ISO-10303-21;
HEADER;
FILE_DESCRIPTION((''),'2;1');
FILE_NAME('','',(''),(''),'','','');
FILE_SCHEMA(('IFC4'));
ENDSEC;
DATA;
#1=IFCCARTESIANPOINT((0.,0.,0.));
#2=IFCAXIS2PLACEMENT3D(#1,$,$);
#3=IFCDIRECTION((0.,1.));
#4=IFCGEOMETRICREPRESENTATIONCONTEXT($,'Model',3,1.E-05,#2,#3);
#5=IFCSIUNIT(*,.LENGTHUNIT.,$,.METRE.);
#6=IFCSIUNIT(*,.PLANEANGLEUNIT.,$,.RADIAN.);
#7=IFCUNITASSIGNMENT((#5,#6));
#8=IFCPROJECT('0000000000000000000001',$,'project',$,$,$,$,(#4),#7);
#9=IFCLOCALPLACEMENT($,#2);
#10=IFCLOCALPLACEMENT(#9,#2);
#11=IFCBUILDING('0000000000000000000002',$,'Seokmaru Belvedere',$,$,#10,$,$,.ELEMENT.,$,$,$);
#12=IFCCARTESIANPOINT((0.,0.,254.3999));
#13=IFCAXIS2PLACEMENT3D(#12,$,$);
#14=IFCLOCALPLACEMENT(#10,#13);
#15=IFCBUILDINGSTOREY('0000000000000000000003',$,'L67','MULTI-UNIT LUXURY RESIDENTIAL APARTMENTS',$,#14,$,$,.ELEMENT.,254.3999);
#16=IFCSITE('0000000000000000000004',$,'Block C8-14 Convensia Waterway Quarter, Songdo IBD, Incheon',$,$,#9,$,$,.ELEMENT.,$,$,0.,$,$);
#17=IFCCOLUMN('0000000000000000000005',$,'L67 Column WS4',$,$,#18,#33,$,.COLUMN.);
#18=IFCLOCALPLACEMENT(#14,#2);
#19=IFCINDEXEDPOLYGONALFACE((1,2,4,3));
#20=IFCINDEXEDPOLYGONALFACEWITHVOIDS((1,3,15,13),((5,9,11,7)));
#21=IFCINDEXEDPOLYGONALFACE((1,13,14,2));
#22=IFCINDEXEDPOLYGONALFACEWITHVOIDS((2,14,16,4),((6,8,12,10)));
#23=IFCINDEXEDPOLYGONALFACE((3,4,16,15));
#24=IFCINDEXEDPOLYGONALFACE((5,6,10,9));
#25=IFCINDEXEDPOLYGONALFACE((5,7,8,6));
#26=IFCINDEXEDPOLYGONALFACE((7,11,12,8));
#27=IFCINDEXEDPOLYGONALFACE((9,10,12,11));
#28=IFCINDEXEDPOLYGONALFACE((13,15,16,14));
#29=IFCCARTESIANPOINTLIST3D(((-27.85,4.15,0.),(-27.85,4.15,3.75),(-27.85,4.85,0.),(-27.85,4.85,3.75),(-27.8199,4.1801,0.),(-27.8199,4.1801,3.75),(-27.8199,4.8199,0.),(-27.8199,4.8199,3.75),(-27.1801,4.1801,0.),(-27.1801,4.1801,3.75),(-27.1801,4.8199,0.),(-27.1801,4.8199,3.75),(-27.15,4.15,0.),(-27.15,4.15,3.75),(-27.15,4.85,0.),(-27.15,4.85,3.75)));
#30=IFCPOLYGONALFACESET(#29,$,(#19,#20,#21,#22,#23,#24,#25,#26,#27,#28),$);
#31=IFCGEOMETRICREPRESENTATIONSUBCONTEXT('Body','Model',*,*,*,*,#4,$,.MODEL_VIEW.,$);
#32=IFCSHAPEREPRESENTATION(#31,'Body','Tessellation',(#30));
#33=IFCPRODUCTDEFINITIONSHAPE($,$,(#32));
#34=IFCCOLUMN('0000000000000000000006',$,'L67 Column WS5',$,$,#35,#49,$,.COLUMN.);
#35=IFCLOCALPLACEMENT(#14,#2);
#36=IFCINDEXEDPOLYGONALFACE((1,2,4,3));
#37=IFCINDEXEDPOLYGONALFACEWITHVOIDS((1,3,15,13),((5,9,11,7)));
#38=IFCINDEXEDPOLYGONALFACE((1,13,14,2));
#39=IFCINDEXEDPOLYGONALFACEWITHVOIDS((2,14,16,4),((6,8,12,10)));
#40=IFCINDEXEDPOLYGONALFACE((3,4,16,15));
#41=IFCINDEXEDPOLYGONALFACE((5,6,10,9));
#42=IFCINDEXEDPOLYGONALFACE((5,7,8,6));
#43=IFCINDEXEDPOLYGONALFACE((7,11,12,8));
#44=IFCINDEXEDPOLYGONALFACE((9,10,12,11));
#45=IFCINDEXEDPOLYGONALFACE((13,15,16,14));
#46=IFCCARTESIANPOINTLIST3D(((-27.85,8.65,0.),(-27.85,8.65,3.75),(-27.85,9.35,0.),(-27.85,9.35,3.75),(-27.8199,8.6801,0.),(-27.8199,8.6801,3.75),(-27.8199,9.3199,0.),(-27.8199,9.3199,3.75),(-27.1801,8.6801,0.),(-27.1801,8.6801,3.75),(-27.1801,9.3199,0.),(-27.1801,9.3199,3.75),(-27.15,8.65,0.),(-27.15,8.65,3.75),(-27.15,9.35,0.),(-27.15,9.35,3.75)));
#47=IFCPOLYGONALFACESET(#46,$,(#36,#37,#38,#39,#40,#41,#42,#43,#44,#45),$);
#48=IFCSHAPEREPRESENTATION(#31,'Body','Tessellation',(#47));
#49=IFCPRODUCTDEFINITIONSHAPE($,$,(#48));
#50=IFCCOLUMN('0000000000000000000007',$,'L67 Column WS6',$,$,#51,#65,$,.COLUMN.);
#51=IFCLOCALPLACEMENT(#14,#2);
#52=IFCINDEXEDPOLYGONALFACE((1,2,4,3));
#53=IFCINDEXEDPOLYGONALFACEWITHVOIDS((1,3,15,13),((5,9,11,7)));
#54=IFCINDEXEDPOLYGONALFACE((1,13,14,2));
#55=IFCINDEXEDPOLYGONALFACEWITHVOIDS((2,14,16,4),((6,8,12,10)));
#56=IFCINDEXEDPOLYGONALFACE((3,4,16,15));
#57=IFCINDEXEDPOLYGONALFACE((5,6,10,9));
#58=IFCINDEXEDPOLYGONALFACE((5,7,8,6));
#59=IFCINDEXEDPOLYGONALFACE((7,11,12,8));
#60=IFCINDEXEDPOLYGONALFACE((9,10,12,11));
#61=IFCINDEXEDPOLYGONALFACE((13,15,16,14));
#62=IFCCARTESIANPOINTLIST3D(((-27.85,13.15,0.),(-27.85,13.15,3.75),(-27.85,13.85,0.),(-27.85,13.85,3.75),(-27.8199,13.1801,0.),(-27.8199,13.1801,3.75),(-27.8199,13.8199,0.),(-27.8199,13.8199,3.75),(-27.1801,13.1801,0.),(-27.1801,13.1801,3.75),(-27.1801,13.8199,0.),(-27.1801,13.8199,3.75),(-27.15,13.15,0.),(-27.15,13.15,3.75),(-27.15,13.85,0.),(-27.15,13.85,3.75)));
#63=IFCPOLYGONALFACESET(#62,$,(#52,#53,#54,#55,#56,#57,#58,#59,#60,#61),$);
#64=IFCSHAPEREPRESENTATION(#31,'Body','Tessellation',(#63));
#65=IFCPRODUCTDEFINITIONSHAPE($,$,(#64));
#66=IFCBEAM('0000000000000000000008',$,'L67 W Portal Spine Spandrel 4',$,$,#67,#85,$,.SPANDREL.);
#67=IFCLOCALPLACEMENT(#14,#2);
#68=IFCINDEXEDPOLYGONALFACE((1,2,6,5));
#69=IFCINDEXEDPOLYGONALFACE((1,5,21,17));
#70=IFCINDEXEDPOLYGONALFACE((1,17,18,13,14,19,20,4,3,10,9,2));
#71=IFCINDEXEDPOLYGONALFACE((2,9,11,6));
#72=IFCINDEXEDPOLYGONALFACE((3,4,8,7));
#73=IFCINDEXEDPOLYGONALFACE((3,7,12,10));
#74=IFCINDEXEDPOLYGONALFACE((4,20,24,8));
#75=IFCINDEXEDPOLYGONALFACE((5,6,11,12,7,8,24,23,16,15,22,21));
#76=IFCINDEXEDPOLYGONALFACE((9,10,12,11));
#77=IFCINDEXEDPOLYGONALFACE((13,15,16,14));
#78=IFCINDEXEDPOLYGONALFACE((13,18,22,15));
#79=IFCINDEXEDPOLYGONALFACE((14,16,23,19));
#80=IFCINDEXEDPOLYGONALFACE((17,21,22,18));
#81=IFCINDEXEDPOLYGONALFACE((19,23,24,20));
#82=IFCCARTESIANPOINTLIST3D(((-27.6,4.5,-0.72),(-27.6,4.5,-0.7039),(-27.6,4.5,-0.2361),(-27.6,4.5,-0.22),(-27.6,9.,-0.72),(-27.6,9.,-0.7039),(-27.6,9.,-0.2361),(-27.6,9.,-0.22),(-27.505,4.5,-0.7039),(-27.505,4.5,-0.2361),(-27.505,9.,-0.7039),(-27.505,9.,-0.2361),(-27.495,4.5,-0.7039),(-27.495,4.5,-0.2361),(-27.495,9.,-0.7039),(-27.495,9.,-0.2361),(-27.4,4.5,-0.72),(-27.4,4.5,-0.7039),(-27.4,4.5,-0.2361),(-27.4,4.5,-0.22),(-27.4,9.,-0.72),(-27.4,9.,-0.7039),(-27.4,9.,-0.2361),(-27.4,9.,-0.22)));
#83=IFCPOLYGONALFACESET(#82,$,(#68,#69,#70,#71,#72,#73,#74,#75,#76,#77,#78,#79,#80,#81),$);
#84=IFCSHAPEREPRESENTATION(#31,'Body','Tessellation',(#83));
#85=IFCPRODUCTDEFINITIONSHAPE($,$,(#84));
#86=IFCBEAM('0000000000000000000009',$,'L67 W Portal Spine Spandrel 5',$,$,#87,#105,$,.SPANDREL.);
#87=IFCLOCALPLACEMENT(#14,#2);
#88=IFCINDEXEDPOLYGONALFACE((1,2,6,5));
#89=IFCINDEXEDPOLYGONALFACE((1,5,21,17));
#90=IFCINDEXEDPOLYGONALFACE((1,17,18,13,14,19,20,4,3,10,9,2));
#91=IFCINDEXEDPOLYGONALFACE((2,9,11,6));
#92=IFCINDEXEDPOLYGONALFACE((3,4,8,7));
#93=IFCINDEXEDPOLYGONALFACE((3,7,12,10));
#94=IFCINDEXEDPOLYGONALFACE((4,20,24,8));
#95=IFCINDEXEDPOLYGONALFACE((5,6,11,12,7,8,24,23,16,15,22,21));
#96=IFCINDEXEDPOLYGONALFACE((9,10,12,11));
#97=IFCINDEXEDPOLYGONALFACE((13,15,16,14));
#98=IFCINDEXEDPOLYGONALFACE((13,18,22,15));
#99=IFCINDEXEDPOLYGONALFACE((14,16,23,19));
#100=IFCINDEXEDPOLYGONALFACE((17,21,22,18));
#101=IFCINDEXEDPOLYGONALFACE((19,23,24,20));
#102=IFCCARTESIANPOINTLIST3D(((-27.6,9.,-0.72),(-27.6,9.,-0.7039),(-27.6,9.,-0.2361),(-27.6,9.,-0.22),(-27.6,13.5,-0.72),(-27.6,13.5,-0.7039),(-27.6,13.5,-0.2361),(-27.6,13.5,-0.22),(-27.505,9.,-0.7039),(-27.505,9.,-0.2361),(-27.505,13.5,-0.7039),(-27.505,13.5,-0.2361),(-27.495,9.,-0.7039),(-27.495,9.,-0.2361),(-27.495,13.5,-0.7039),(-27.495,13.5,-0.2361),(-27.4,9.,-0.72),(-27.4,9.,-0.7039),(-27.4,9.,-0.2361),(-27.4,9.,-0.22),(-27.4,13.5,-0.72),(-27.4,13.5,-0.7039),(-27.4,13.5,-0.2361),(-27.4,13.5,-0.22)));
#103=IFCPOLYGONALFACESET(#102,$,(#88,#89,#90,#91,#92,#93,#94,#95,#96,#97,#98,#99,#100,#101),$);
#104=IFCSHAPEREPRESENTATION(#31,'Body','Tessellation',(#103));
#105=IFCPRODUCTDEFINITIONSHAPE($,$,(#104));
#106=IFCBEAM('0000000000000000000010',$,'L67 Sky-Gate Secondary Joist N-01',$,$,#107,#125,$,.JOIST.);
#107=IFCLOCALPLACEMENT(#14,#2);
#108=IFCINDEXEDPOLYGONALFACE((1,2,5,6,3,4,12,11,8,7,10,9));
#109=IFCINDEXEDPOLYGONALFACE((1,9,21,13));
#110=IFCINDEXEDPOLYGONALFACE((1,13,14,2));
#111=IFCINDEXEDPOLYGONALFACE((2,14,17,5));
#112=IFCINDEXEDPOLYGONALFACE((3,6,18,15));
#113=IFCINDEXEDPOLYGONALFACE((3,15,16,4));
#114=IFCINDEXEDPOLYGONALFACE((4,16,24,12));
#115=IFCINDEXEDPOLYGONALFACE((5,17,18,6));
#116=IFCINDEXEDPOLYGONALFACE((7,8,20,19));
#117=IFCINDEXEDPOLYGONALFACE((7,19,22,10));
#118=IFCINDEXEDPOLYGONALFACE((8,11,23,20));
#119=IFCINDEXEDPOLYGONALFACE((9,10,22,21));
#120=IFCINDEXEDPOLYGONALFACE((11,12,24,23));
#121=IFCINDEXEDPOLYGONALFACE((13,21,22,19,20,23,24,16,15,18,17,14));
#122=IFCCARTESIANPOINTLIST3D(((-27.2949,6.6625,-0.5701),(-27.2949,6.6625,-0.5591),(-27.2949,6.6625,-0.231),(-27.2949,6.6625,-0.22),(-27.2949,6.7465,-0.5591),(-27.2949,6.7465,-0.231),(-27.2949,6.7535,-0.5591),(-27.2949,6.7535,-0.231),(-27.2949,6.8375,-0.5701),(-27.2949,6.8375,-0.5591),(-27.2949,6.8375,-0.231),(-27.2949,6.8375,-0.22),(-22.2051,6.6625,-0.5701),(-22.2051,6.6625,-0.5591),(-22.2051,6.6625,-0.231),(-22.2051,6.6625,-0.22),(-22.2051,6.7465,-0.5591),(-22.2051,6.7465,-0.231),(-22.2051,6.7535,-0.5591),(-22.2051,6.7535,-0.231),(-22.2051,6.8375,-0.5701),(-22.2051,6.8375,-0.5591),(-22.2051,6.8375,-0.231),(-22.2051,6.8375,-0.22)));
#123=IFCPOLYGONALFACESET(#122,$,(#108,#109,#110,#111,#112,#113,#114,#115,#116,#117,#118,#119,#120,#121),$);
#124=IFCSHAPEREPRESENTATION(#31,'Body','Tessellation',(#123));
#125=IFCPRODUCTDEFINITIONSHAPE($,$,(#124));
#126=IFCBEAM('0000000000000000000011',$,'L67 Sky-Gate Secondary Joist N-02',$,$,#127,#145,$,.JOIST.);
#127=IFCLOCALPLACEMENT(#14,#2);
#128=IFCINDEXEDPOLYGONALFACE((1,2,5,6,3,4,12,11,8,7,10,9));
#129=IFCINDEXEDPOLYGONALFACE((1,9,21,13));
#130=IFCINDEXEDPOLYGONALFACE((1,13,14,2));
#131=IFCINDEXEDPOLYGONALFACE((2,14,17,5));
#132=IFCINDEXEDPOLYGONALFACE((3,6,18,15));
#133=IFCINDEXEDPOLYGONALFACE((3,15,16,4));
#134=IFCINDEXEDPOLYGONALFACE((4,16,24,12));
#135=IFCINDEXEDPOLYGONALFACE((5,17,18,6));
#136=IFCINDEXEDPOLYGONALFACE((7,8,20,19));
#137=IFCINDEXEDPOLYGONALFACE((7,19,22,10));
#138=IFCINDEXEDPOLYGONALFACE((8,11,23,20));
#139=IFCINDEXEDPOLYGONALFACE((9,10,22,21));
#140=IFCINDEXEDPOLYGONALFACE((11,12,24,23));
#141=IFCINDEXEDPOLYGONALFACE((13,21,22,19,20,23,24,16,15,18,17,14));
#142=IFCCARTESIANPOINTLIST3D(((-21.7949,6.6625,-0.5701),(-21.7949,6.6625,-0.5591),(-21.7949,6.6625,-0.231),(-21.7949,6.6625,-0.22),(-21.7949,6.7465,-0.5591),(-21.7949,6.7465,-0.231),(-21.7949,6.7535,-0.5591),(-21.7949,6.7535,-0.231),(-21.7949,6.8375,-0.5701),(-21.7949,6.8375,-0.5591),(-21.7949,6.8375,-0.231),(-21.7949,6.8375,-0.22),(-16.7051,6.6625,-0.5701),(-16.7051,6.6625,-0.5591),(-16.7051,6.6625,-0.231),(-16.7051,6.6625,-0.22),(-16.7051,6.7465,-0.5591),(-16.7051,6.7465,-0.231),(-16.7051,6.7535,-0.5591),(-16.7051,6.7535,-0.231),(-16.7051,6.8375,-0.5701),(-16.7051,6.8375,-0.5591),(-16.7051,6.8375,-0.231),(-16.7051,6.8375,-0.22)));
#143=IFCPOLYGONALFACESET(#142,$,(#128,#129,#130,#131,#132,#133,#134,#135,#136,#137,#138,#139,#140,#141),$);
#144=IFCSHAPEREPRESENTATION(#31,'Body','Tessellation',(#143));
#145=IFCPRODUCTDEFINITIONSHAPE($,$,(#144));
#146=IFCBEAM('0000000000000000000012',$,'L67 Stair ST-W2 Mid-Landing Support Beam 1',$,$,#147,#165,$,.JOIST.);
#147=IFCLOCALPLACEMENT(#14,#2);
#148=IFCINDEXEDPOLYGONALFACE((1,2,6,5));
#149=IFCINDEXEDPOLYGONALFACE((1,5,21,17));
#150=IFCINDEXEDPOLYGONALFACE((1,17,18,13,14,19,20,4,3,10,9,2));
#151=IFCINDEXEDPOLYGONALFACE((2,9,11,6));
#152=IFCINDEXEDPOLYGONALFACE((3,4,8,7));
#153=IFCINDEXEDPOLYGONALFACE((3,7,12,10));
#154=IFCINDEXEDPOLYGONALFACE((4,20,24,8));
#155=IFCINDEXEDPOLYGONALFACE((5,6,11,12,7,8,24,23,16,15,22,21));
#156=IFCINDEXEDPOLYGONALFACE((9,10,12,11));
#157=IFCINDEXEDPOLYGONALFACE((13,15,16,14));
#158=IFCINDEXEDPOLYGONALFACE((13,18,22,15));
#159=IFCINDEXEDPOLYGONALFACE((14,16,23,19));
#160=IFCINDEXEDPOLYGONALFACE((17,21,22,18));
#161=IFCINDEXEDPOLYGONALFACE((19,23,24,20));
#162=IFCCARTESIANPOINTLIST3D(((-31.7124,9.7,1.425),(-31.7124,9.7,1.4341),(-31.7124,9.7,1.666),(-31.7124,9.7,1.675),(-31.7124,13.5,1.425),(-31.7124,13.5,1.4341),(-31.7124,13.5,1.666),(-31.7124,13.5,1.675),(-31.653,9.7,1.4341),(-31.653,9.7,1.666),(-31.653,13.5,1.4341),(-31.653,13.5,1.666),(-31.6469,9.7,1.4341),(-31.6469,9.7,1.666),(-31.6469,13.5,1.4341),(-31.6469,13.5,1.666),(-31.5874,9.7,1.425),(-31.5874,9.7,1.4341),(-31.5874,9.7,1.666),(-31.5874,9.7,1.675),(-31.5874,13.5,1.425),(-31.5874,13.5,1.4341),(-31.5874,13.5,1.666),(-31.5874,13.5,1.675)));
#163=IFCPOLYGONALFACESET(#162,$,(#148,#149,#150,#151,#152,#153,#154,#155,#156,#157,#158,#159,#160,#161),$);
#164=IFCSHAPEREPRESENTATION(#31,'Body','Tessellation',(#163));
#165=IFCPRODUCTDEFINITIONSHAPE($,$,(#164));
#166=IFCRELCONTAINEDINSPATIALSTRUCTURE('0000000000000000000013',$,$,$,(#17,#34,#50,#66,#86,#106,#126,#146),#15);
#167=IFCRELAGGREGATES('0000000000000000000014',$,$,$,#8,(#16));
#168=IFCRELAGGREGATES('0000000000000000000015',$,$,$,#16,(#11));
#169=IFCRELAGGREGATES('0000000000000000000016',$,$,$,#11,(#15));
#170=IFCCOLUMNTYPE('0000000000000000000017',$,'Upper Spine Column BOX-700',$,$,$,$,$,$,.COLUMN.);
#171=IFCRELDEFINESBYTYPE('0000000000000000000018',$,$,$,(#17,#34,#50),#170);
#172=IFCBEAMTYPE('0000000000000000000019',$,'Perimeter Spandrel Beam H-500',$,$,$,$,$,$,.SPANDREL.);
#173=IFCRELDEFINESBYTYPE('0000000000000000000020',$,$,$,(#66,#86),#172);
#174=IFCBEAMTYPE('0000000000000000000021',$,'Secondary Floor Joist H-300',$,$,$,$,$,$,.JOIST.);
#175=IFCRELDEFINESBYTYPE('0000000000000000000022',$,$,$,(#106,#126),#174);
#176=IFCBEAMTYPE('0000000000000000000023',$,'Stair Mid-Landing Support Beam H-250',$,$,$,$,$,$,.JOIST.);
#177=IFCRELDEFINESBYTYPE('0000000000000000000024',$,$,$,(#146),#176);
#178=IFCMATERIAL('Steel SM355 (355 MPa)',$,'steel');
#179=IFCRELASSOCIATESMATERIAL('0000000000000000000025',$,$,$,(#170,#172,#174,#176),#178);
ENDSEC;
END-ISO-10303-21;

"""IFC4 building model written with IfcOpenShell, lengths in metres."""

from ifc_helpers import new_model, si_unit, direction, frame, origin, origin_2d, place, context, subcontext, project, spatial, hollow_rectangle, i_section, extrude, source, transform, mapped, material, material_profile, profile_set, type_object, type_shapes, element, save


model = new_model("IFC4")

# Units and contexts
model_context = context("Model", 3, precision=1e-05, world=origin(), true_north=direction((0.0, 1.0)))
body_context = subcontext(model_context, "Body", "Model", "MODEL_VIEW")
ifc_project = project(units=[si_unit("LENGTHUNIT", "METRE"), si_unit("PLANEANGLEUNIT", "RADIAN")], contexts=[model_context])

# Site, building, storey
site_placement = place(None, origin())
site = spatial("IfcSite", under=ifc_project, at=site_placement, Name="Block C8-14 Convensia Waterway Quarter, Songdo IBD, Incheon", CompositionType="ELEMENT", RefElevation=0.0)
building_placement = place(site_placement, origin())
building = spatial("IfcBuilding", under=site, at=building_placement, Name="Seokmaru Belvedere", CompositionType="ELEMENT")
storey_placement = place(building_placement, frame((0.0, 0.0, 254.3999)))
storey = spatial("IfcBuildingStorey", under=building, at=storey_placement, Name="L67", Description="MULTI-UNIT LUXURY RESIDENTIAL APARTMENTS", CompositionType="ELEMENT", Elevation=254.3999)

# Columns
ifc_material_1 = material(Name="Steel SM355 (355 MPa)", Category="steel")
ifc_material_profile_1 = material_profile(ifc_material_1, hollow_rectangle(XDim=0.7, YDim=0.7, WallThickness=0.03, at=origin_2d()), Name="BOX-700x700x30")
ifc_profile_set_1 = profile_set([ifc_material_profile_1], Name="Steel SM355 (355 MPa)")
column_type = type_object("IfcColumnType", Name="Upper Spine Column BOX-700", PredefinedType="COLUMN", material=ifc_profile_set_1)
shared_shape_1 = source(origin(), body_context, "Body", "SweptSolid", [
    extrude(hollow_rectangle(XDim=0.7, YDim=0.7, WallThickness=0.03, at=origin_2d()), origin(), (0.0, 0.0, 1.0), 3.75),
])
type_shapes(column_type, [shared_shape_1])
for number, where, z_axis, x_axis, name in (
    (1, (-27.5, 4.5, 0.0), (0.0, 0.0, 1.0), (1.0, 0.0, 0.0), "L67 Column WS4"),
    (2, (-27.5, 9.0, 0.0), (0.0, 0.0, 1.0), (1.0, 0.0, 0.0), "L67 Column WS5"),
    (3, (-27.5, 13.5, 0.0), (0.0, 0.0, 1.0), (1.0, 0.0, 0.0), "L67 Column WS6"),
):
    element("IfcColumn", number, at=place(storey_placement, frame(where, z_axis=z_axis, x_axis=x_axis)), inside=storey, type_object=column_type, Name=name, PredefinedType="COLUMN", context=body_context, shape_type="MappedRepresentation", body=[
        mapped(shared_shape_1, transform((0.0, 0.0, 0.0), scale=1.0)),
    ])

# Beams
ifc_material_profile_2 = material_profile(ifc_material_1, i_section(OverallWidth=0.2, OverallDepth=0.5, WebThickness=0.01, FlangeThickness=0.0161, at=origin_2d()), Name="H-500x200x10x16")
ifc_profile_set_2 = profile_set([ifc_material_profile_2], Name="Steel SM355 (355 MPa)")
beam_type_1 = type_object("IfcBeamType", Name="Perimeter Spandrel Beam H-500", PredefinedType="SPANDREL", material=ifc_profile_set_2)
shared_shape_2 = source(origin(), body_context, "Body", "SweptSolid", [
    extrude(i_section(OverallWidth=0.2, OverallDepth=0.5, WebThickness=0.01, FlangeThickness=0.0161, at=origin_2d()), origin(), (0.0, 0.0, 1.0), 4.5),
])
type_shapes(beam_type_1, [shared_shape_2])
for number, where, z_axis, x_axis, name in (
    (4, (-27.5, 4.5, -0.47), (0.0, 1.0, 0.0), (-1.0, 0.0, 0.0), "L67 W Portal Spine Spandrel 4"),
    (5, (-27.5, 9.0, -0.47), (0.0, 1.0, 0.0), (-1.0, 0.0, 0.0), "L67 W Portal Spine Spandrel 5"),
):
    element("IfcBeam", number, at=place(storey_placement, frame(where, z_axis=z_axis, x_axis=x_axis)), inside=storey, type_object=beam_type_1, Name=name, PredefinedType="SPANDREL", context=body_context, shape_type="MappedRepresentation", body=[
        mapped(shared_shape_2, transform((0.0, 0.0, 0.0), scale=1.0)),
    ])
ifc_material_profile_3 = material_profile(ifc_material_1, i_section(OverallWidth=0.175, OverallDepth=0.3501, WebThickness=0.0071, FlangeThickness=0.011, at=origin_2d()), Name="H-350x175x7x11")
ifc_profile_set_3 = profile_set([ifc_material_profile_3], Name="Steel SM355 (355 MPa)")
beam_type_2 = type_object("IfcBeamType", Name="Secondary Floor Joist H-300", PredefinedType="JOIST", material=ifc_profile_set_3)
shared_shape_3 = source(origin(), body_context, "Body", "SweptSolid", [
    extrude(i_section(OverallWidth=0.175, OverallDepth=0.3501, WebThickness=0.0071, FlangeThickness=0.011, at=origin_2d()), origin(), (0.0, 0.0, 1.0), 5.0898),
])
type_shapes(beam_type_2, [shared_shape_3])
for number, where, z_axis, x_axis, name in (
    (6, (-27.2949, 6.75, -0.395), (1.0, 0.0, 0.0), (0.0, 1.0, 0.0), "L67 Sky-Gate Secondary Joist N-01"),
    (7, (-21.7949, 6.75, -0.395), (1.0, 0.0, 0.0), (0.0, 1.0, 0.0), "L67 Sky-Gate Secondary Joist N-02"),
):
    element("IfcBeam", number, at=place(storey_placement, frame(where, z_axis=z_axis, x_axis=x_axis)), inside=storey, type_object=beam_type_2, Name=name, PredefinedType="JOIST", context=body_context, shape_type="MappedRepresentation", body=[
        mapped(shared_shape_3, transform((0.0, 0.0, 0.0), scale=1.0)),
    ])
ifc_material_profile_4 = material_profile(ifc_material_1, i_section(OverallWidth=0.125, OverallDepth=0.25, WebThickness=0.0061, FlangeThickness=0.009, at=origin_2d()), Name="H-250x125x6x9")
ifc_profile_set_4 = profile_set([ifc_material_profile_4], Name="Steel SM355 (355 MPa)")
beam_type_3 = type_object("IfcBeamType", Name="Stair Mid-Landing Support Beam H-250", PredefinedType="JOIST", material=ifc_profile_set_4)
shared_shape_4 = source(origin(), body_context, "Body", "SweptSolid", [
    extrude(i_section(OverallWidth=0.125, OverallDepth=0.25, WebThickness=0.0061, FlangeThickness=0.009, at=origin_2d()), origin(), (0.0, 0.0, 1.0), 3.8),
])
type_shapes(beam_type_3, [shared_shape_4])
beam_placement = place(storey_placement, frame((-31.6499, 9.7, 1.55), z_axis=(0.0, 1.0, 0.0), x_axis=(-1.0, 0.0, 0.0)))
element("IfcBeam", 8, at=beam_placement, inside=storey, type_object=beam_type_3, Name="L67 Stair ST-W2 Mid-Landing Support Beam 1", PredefinedType="JOIST", context=body_context, shape_type="MappedRepresentation", body=[
    mapped(shared_shape_4, transform((0.0, 0.0, 0.0), scale=1.0)),
])

save(model, "model.ifc")
